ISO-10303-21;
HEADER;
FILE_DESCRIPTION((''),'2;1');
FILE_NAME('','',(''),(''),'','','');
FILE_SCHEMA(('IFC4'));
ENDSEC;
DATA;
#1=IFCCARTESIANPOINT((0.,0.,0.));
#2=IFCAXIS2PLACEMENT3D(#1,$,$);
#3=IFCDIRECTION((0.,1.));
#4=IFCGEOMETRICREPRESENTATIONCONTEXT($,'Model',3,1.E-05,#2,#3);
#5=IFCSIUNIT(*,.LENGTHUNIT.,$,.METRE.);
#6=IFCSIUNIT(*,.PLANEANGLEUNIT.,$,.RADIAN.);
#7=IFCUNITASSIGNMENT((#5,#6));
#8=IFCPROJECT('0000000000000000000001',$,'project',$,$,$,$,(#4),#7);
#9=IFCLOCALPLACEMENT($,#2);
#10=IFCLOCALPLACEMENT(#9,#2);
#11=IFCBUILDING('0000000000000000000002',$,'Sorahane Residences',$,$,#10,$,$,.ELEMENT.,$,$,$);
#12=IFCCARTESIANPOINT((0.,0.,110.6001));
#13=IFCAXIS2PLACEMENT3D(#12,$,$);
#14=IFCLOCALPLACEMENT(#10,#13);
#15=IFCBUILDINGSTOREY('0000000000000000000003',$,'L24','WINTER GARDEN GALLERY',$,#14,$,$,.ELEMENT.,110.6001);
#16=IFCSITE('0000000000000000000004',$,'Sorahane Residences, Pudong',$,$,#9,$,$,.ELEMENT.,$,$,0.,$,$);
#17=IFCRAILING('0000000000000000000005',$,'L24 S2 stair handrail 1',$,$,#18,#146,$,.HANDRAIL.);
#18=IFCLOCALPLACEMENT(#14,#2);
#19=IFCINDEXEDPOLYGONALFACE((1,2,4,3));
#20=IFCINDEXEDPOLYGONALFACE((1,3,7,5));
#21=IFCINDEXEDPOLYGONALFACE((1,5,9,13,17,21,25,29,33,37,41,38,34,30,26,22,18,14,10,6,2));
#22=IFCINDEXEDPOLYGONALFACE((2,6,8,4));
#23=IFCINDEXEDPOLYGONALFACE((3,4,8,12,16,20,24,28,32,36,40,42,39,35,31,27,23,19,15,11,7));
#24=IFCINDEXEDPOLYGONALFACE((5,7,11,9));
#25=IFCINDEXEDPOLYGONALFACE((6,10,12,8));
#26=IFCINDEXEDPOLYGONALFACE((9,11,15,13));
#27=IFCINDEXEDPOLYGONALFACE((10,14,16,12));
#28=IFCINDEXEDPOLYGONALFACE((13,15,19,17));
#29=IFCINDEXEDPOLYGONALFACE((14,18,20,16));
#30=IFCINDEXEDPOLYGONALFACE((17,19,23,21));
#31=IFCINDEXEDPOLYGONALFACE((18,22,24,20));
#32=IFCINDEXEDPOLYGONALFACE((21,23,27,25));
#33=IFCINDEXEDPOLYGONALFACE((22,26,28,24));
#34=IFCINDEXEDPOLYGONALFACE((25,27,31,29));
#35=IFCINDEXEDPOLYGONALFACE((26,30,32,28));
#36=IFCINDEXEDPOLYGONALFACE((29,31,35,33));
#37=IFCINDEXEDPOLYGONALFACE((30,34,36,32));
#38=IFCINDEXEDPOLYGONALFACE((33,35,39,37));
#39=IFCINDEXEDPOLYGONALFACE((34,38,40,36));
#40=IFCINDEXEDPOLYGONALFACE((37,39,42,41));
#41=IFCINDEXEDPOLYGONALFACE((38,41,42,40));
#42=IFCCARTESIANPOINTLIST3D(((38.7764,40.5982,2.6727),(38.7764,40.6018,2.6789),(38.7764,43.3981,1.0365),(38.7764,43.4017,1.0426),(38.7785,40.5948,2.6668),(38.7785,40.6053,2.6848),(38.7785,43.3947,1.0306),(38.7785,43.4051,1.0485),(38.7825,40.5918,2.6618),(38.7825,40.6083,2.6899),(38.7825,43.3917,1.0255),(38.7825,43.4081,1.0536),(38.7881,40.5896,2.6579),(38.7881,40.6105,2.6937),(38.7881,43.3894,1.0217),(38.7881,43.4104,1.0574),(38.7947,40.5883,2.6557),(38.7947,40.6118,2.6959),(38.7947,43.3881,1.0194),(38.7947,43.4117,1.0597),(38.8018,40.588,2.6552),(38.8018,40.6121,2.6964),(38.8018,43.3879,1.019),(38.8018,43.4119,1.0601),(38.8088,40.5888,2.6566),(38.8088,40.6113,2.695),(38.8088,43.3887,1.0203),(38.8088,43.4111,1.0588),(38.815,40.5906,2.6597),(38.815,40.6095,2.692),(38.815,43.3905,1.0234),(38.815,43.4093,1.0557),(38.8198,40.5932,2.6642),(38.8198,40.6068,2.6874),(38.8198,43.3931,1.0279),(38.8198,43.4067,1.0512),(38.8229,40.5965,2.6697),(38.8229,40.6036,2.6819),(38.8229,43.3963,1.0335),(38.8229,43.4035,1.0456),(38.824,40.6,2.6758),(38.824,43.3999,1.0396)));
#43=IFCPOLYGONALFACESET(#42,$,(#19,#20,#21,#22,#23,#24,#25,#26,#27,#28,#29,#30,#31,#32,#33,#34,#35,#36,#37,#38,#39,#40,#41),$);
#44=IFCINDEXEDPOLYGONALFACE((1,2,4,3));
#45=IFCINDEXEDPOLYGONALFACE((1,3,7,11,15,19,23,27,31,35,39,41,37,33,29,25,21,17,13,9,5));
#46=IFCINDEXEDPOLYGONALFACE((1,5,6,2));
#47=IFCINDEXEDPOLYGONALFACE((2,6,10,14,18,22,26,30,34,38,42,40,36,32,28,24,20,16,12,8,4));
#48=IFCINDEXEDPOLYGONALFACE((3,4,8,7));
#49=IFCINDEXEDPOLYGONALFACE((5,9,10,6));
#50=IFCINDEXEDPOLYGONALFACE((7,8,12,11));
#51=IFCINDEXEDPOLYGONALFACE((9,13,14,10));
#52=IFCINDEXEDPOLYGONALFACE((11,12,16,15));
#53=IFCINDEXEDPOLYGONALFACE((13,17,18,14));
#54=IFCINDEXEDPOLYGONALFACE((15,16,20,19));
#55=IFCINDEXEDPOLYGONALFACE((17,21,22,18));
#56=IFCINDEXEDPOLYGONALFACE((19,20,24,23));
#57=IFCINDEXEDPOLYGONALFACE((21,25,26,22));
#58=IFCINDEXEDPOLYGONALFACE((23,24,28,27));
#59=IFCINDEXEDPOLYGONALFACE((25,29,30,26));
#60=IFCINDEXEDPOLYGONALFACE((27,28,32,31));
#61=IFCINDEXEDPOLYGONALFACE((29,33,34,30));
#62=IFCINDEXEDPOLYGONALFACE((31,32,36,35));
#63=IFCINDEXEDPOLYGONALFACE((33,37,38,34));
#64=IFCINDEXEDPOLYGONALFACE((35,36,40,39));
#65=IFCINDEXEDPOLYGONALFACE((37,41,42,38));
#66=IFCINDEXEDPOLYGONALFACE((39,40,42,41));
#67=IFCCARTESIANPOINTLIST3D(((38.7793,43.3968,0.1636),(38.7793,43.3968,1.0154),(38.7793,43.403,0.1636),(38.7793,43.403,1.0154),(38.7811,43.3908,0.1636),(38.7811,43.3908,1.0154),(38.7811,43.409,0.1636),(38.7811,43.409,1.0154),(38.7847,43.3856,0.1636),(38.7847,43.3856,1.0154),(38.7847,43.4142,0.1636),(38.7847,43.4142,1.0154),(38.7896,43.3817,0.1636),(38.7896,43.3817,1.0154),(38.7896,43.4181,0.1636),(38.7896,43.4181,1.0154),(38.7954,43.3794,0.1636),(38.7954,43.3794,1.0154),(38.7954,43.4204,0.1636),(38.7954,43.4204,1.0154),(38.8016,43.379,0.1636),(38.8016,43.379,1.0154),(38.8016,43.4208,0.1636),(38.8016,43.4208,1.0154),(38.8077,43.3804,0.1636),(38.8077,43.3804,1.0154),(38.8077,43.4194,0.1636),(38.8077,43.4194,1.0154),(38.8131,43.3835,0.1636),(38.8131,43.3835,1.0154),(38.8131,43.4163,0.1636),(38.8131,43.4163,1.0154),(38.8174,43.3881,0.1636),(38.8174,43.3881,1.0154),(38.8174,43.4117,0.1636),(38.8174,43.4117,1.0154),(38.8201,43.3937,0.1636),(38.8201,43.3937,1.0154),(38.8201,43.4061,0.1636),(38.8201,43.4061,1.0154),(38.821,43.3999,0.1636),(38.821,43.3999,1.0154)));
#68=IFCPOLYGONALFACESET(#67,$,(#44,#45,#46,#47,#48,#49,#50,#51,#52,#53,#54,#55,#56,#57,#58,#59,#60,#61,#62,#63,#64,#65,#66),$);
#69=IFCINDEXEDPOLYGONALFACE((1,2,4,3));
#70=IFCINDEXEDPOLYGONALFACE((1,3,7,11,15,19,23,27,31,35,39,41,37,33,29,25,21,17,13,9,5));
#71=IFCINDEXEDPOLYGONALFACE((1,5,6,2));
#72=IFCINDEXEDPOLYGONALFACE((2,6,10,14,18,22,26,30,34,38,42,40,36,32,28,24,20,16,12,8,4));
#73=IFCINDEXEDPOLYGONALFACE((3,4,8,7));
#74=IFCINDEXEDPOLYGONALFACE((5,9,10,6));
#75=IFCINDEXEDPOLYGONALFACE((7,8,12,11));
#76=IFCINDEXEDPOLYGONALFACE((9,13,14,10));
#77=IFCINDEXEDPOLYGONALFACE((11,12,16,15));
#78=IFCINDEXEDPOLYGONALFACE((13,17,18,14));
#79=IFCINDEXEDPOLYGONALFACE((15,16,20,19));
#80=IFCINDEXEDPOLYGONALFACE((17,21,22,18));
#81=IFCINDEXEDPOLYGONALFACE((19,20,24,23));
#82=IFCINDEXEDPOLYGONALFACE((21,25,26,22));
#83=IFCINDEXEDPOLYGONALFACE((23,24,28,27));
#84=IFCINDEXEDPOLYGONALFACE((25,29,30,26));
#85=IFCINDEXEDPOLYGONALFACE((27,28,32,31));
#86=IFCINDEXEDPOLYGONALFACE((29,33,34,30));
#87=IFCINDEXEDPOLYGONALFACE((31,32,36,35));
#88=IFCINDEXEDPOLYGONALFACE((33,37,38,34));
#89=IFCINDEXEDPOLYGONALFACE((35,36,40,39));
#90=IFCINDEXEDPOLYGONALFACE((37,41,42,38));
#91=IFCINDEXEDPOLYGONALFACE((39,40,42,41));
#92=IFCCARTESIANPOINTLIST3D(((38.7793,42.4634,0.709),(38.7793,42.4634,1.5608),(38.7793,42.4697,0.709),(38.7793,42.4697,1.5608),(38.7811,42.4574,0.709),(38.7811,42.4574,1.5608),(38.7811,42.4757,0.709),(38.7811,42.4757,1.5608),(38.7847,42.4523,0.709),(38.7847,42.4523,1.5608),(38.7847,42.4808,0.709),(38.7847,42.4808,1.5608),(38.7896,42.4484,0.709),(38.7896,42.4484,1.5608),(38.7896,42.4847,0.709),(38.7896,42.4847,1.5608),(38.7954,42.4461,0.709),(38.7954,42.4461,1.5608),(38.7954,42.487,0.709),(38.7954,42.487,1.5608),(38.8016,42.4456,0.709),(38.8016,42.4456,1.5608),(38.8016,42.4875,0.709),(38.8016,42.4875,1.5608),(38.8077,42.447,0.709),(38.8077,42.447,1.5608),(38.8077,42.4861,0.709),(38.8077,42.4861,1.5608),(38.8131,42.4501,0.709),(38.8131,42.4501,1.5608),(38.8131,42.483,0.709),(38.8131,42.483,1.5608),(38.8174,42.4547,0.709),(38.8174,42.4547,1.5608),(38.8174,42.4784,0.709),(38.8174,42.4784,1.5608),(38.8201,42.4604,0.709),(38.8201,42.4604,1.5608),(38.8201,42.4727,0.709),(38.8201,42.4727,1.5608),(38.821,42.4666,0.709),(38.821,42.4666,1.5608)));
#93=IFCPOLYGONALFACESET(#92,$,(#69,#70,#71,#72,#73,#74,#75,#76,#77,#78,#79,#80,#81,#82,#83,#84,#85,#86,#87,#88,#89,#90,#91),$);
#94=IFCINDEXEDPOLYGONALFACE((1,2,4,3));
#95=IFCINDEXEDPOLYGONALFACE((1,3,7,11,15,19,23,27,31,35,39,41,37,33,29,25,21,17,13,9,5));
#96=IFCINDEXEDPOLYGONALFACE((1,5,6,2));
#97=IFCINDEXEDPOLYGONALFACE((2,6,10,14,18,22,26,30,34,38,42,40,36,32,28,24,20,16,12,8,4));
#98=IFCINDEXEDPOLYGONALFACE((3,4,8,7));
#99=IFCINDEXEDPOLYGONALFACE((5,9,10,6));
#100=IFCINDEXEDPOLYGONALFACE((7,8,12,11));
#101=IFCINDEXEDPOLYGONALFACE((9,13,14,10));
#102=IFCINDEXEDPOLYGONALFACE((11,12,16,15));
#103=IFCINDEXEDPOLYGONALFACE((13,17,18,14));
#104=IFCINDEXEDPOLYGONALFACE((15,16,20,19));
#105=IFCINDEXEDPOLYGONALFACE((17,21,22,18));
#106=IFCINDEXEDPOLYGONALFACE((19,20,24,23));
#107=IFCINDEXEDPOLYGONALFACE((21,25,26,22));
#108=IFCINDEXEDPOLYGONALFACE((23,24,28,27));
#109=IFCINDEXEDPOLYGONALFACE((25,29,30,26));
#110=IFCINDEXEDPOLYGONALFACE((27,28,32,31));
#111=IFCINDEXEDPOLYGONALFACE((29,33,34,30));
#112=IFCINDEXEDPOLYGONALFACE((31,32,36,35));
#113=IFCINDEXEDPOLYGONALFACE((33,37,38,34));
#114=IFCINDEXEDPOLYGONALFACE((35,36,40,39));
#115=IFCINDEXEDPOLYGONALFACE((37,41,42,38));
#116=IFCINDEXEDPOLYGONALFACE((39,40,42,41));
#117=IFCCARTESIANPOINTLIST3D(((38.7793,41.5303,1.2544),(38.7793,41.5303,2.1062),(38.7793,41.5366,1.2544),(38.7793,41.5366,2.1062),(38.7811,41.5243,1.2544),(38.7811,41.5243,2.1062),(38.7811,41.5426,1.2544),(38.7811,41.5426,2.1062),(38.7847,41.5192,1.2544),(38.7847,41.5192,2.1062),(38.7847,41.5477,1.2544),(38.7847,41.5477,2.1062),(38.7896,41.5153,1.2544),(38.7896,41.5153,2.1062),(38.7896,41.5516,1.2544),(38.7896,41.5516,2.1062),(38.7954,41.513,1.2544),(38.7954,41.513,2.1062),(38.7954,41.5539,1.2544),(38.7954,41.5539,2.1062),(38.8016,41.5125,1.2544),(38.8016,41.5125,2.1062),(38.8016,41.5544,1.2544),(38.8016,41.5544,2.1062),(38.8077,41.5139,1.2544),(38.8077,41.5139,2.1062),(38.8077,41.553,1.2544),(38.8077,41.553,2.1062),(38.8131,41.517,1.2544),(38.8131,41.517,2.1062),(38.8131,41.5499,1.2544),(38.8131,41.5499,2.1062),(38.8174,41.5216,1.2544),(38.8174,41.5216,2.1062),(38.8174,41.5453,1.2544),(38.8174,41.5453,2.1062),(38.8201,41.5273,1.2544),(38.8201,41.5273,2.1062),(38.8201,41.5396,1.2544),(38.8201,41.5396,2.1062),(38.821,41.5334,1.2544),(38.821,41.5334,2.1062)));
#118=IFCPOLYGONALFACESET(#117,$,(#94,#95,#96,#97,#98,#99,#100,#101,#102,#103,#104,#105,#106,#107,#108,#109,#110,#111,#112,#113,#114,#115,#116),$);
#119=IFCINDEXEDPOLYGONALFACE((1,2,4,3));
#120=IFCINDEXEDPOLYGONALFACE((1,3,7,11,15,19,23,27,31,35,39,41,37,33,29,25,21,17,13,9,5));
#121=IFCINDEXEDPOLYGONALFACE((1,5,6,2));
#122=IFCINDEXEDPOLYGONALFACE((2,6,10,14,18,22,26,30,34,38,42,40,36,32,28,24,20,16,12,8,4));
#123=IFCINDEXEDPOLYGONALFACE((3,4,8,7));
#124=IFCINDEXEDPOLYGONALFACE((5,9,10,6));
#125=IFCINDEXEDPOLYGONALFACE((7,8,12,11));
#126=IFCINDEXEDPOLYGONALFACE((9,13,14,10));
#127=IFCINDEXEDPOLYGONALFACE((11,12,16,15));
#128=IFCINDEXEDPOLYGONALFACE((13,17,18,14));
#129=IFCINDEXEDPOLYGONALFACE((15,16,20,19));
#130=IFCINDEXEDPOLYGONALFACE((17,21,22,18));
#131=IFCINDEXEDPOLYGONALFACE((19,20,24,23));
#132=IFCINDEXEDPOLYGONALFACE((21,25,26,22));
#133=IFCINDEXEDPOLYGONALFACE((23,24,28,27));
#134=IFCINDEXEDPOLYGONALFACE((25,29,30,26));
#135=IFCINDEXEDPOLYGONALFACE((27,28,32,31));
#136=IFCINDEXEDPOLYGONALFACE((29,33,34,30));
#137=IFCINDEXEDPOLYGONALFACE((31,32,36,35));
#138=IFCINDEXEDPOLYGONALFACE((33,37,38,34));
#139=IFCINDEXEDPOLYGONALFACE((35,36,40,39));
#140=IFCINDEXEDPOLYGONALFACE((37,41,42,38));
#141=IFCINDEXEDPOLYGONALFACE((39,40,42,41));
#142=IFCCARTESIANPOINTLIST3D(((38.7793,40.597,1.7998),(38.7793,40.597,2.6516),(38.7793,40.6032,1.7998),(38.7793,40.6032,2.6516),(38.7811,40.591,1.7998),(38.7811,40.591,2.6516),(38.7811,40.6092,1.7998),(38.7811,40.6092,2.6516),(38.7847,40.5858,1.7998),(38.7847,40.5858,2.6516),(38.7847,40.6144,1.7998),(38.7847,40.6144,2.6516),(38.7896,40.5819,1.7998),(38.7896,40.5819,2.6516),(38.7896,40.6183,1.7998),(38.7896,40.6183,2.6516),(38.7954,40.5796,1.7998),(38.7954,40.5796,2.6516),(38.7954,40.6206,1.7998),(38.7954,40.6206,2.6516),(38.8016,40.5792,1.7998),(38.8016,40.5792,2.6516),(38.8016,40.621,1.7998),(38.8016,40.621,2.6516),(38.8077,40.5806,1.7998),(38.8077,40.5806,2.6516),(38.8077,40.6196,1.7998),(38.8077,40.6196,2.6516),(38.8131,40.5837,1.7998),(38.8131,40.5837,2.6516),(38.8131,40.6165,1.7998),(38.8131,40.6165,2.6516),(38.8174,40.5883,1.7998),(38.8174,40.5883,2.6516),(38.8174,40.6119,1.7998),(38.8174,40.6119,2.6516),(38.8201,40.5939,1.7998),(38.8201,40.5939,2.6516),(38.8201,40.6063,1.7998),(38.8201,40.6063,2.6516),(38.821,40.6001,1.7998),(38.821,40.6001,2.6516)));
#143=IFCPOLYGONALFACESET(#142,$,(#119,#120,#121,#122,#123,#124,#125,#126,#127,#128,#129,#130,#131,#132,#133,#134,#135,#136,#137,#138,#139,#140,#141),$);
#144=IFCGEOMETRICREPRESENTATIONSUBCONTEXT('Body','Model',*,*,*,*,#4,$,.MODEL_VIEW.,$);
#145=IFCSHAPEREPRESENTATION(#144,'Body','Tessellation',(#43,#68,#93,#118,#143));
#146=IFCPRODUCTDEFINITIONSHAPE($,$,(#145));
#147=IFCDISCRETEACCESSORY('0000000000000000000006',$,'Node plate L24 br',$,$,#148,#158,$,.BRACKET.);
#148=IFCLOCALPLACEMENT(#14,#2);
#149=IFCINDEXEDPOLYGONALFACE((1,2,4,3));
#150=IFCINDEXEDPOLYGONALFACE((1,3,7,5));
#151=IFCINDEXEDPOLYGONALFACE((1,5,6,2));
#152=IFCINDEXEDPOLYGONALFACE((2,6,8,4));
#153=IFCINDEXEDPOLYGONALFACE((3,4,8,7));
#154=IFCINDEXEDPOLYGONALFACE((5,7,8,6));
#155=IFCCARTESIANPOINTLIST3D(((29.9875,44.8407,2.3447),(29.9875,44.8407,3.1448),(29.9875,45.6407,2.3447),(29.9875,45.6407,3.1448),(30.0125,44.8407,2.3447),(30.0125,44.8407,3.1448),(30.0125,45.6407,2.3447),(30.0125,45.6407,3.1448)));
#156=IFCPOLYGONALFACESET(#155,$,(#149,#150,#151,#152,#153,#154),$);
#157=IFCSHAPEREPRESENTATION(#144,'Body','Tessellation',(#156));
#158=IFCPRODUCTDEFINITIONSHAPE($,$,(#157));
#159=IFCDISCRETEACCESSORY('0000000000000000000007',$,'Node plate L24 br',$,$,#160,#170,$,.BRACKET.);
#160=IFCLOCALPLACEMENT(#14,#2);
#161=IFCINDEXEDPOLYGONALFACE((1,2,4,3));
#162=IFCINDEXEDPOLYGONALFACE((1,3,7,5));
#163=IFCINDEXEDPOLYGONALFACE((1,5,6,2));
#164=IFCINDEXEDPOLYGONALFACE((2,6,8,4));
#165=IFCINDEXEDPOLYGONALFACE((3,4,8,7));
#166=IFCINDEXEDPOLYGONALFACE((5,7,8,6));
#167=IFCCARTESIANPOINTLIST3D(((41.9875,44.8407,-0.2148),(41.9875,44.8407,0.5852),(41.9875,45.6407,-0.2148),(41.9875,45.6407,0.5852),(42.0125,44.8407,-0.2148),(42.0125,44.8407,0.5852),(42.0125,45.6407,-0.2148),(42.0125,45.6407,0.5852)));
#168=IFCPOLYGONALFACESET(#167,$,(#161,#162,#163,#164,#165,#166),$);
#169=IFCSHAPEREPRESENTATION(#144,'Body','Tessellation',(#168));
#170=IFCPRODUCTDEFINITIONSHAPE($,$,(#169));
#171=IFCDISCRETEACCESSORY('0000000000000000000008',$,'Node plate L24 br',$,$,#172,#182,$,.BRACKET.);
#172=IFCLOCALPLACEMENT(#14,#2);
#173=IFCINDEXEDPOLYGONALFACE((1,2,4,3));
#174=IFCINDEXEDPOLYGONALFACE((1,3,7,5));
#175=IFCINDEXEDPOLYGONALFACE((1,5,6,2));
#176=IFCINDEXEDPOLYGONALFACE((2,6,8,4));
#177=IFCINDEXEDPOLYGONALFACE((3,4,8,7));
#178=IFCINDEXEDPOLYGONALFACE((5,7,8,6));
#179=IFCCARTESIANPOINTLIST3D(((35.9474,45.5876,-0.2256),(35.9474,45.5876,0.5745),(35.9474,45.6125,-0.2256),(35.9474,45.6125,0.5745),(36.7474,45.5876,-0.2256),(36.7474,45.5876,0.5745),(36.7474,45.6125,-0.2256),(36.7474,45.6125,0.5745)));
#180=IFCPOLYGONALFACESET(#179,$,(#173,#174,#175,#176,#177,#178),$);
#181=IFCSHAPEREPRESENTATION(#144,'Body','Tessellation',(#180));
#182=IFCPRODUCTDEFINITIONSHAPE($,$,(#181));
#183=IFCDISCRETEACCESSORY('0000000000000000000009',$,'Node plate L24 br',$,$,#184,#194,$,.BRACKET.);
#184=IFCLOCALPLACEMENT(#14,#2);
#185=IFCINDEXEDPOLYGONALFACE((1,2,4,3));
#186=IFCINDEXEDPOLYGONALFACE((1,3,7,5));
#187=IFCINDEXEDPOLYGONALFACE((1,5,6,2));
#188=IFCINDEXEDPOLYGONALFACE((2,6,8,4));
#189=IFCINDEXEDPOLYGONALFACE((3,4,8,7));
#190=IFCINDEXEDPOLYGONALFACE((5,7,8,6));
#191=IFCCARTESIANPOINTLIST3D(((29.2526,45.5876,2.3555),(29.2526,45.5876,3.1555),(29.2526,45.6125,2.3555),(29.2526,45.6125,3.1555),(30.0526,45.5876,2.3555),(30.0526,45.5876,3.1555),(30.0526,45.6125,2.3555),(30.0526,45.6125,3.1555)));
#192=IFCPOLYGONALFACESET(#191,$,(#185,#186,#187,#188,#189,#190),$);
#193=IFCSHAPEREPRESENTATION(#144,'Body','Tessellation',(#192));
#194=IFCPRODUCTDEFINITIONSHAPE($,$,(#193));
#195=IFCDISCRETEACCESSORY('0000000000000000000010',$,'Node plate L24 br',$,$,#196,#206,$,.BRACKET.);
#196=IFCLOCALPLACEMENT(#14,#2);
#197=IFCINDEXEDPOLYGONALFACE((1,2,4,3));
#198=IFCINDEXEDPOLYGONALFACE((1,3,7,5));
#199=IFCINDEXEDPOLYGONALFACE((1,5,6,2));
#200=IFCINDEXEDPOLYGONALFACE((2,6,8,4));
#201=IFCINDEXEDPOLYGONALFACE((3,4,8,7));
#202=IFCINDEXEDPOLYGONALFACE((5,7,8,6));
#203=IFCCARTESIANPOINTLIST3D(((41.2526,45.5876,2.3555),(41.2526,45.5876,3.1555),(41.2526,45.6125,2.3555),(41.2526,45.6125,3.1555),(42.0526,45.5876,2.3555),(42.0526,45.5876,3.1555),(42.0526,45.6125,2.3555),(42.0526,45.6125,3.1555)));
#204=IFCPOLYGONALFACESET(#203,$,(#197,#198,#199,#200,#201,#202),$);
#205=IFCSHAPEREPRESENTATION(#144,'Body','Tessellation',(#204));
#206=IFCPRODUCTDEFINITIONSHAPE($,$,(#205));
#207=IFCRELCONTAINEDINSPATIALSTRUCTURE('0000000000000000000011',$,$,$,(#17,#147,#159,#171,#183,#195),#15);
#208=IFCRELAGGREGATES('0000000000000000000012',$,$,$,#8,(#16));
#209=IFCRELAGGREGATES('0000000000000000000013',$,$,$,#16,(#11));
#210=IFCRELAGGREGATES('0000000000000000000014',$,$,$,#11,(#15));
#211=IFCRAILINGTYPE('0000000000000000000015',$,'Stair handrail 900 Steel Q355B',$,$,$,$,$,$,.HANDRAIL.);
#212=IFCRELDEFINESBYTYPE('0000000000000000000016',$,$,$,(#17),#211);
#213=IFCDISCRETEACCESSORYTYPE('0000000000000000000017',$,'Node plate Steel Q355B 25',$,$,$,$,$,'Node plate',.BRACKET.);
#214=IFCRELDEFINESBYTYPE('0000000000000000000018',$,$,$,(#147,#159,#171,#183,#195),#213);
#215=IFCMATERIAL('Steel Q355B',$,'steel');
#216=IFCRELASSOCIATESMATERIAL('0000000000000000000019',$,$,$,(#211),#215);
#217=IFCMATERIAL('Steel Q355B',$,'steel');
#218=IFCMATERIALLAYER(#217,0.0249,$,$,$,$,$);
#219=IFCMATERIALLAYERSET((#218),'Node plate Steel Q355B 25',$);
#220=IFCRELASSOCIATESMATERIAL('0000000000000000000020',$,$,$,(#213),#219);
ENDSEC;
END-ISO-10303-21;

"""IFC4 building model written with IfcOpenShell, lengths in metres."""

from ifc_helpers import new_model, si_unit, direction, frame, origin, origin_2d, place, context, subcontext, project, spatial, rectangle, circle, extrude, material, layer, layer_set, type_object, element, save


model = new_model("IFC4")

# Units and contexts
model_context = context("Model", 3, precision=1e-05, world=origin(), true_north=direction((0.0, 1.0)))
body_context = subcontext(model_context, "Body", "Model", "MODEL_VIEW")
ifc_project = project(units=[si_unit("LENGTHUNIT", "METRE"), si_unit("PLANEANGLEUNIT", "RADIAN")], contexts=[model_context])

# Site, building, storey
site_placement = place(None, origin())
site = spatial("IfcSite", under=ifc_project, at=site_placement, Name="Sorahane Residences, Pudong", CompositionType="ELEMENT", RefElevation=0.0)
building_placement = place(site_placement, origin())
building = spatial("IfcBuilding", under=site, at=building_placement, Name="Sorahane Residences", CompositionType="ELEMENT")
storey_placement = place(building_placement, frame((0.0, 0.0, 110.6001)))
storey = spatial("IfcBuildingStorey", under=building, at=storey_placement, Name="L24", Description="WINTER GARDEN GALLERY", CompositionType="ELEMENT", Elevation=110.6001)

# Railing
ifc_material_1 = material(Name="Steel Q355B", Category="steel")
railing_type_1 = type_object("IfcRailingType", Name="Stair handrail 900 Steel Q355B", PredefinedType="HANDRAIL", material=ifc_material_1)
railing_1_placement = place(storey_placement, frame((38.8, 43.3999, 0.1636)))
element("IfcRailing", 1, at=railing_1_placement, inside=storey, type_object=railing_type_1, Name="L24 S2 stair handrail 1", PredefinedType="HANDRAIL", context=body_context, shape_type="SweptSolid", body=[
    extrude(circle(Radius=0.0239, at=origin_2d()), frame((0.0, 0.0, 0.876), z_axis=(0.0, -0.863374, 0.504564), x_axis=(1.0, 0.0, 0.0)), (0.0, 0.0, 1.0), 3.2429),
    extrude(circle(Radius=0.021, at=origin_2d()), origin(), (0.0, 0.0, 1.0), 0.8518),
    extrude(circle(Radius=0.021, at=origin_2d()), frame((0.0, -0.9333, 0.5454)), (0.0, 0.0, 1.0), 0.8518),
    extrude(circle(Radius=0.021, at=origin_2d()), frame((0.0, -1.8665, 1.0908)), (0.0, 0.0, 1.0), 0.8518),
    extrude(circle(Radius=0.021, at=origin_2d()), frame((0.0, -2.7998, 1.6362)), (0.0, 0.0, 1.0), 0.8518),
])

# Discrete accessories
ifc_material_2 = material(Name="Steel Q355B", Category="steel")
ifc_layer_1 = layer(ifc_material_2, 0.0249)
ifc_layer_set_1 = layer_set([ifc_layer_1], Name="Node plate Steel Q355B 25")
discrete_accessory_type = type_object("IfcDiscreteAccessoryType", Name="Node plate Steel Q355B 25", ElementType="Node plate", PredefinedType="BRACKET", material=ifc_layer_set_1)
for number, where, z_axis, x_axis, name in (
    (2, (30.0, 45.2407, 2.3447), (0.0, 0.0, 1.0), (0.0, 1.0, 0.0), "Node plate L24 br"),
    (3, (42.0, 45.2407, -0.2148), (0.0, 0.0, 1.0), (0.0, 1.0, 0.0), "Node plate L24 br"),
    (4, (36.3474, 45.6001, -0.2256), (0.0, 0.0, 1.0), (1.0, 0.0, 0.0), "Node plate L24 br"),
    (5, (29.6526, 45.6001, 2.3555), (0.0, 0.0, 1.0), (1.0, 0.0, 0.0), "Node plate L24 br"),
    (6, (41.6526, 45.6001, 2.3555), (0.0, 0.0, 1.0), (1.0, 0.0, 0.0), "Node plate L24 br"),
):
    element("IfcDiscreteAccessory", number, at=place(storey_placement, frame(where, z_axis=z_axis, x_axis=x_axis)), inside=storey, type_object=discrete_accessory_type, Name=name, PredefinedType="BRACKET", context=body_context, shape_type="SweptSolid", body=[
        extrude(rectangle(XDim=0.8, YDim=0.0249, at=origin_2d()), origin(), (0.0, 0.0, 1.0), 0.8),
    ])

save(model, "model.ifc")
